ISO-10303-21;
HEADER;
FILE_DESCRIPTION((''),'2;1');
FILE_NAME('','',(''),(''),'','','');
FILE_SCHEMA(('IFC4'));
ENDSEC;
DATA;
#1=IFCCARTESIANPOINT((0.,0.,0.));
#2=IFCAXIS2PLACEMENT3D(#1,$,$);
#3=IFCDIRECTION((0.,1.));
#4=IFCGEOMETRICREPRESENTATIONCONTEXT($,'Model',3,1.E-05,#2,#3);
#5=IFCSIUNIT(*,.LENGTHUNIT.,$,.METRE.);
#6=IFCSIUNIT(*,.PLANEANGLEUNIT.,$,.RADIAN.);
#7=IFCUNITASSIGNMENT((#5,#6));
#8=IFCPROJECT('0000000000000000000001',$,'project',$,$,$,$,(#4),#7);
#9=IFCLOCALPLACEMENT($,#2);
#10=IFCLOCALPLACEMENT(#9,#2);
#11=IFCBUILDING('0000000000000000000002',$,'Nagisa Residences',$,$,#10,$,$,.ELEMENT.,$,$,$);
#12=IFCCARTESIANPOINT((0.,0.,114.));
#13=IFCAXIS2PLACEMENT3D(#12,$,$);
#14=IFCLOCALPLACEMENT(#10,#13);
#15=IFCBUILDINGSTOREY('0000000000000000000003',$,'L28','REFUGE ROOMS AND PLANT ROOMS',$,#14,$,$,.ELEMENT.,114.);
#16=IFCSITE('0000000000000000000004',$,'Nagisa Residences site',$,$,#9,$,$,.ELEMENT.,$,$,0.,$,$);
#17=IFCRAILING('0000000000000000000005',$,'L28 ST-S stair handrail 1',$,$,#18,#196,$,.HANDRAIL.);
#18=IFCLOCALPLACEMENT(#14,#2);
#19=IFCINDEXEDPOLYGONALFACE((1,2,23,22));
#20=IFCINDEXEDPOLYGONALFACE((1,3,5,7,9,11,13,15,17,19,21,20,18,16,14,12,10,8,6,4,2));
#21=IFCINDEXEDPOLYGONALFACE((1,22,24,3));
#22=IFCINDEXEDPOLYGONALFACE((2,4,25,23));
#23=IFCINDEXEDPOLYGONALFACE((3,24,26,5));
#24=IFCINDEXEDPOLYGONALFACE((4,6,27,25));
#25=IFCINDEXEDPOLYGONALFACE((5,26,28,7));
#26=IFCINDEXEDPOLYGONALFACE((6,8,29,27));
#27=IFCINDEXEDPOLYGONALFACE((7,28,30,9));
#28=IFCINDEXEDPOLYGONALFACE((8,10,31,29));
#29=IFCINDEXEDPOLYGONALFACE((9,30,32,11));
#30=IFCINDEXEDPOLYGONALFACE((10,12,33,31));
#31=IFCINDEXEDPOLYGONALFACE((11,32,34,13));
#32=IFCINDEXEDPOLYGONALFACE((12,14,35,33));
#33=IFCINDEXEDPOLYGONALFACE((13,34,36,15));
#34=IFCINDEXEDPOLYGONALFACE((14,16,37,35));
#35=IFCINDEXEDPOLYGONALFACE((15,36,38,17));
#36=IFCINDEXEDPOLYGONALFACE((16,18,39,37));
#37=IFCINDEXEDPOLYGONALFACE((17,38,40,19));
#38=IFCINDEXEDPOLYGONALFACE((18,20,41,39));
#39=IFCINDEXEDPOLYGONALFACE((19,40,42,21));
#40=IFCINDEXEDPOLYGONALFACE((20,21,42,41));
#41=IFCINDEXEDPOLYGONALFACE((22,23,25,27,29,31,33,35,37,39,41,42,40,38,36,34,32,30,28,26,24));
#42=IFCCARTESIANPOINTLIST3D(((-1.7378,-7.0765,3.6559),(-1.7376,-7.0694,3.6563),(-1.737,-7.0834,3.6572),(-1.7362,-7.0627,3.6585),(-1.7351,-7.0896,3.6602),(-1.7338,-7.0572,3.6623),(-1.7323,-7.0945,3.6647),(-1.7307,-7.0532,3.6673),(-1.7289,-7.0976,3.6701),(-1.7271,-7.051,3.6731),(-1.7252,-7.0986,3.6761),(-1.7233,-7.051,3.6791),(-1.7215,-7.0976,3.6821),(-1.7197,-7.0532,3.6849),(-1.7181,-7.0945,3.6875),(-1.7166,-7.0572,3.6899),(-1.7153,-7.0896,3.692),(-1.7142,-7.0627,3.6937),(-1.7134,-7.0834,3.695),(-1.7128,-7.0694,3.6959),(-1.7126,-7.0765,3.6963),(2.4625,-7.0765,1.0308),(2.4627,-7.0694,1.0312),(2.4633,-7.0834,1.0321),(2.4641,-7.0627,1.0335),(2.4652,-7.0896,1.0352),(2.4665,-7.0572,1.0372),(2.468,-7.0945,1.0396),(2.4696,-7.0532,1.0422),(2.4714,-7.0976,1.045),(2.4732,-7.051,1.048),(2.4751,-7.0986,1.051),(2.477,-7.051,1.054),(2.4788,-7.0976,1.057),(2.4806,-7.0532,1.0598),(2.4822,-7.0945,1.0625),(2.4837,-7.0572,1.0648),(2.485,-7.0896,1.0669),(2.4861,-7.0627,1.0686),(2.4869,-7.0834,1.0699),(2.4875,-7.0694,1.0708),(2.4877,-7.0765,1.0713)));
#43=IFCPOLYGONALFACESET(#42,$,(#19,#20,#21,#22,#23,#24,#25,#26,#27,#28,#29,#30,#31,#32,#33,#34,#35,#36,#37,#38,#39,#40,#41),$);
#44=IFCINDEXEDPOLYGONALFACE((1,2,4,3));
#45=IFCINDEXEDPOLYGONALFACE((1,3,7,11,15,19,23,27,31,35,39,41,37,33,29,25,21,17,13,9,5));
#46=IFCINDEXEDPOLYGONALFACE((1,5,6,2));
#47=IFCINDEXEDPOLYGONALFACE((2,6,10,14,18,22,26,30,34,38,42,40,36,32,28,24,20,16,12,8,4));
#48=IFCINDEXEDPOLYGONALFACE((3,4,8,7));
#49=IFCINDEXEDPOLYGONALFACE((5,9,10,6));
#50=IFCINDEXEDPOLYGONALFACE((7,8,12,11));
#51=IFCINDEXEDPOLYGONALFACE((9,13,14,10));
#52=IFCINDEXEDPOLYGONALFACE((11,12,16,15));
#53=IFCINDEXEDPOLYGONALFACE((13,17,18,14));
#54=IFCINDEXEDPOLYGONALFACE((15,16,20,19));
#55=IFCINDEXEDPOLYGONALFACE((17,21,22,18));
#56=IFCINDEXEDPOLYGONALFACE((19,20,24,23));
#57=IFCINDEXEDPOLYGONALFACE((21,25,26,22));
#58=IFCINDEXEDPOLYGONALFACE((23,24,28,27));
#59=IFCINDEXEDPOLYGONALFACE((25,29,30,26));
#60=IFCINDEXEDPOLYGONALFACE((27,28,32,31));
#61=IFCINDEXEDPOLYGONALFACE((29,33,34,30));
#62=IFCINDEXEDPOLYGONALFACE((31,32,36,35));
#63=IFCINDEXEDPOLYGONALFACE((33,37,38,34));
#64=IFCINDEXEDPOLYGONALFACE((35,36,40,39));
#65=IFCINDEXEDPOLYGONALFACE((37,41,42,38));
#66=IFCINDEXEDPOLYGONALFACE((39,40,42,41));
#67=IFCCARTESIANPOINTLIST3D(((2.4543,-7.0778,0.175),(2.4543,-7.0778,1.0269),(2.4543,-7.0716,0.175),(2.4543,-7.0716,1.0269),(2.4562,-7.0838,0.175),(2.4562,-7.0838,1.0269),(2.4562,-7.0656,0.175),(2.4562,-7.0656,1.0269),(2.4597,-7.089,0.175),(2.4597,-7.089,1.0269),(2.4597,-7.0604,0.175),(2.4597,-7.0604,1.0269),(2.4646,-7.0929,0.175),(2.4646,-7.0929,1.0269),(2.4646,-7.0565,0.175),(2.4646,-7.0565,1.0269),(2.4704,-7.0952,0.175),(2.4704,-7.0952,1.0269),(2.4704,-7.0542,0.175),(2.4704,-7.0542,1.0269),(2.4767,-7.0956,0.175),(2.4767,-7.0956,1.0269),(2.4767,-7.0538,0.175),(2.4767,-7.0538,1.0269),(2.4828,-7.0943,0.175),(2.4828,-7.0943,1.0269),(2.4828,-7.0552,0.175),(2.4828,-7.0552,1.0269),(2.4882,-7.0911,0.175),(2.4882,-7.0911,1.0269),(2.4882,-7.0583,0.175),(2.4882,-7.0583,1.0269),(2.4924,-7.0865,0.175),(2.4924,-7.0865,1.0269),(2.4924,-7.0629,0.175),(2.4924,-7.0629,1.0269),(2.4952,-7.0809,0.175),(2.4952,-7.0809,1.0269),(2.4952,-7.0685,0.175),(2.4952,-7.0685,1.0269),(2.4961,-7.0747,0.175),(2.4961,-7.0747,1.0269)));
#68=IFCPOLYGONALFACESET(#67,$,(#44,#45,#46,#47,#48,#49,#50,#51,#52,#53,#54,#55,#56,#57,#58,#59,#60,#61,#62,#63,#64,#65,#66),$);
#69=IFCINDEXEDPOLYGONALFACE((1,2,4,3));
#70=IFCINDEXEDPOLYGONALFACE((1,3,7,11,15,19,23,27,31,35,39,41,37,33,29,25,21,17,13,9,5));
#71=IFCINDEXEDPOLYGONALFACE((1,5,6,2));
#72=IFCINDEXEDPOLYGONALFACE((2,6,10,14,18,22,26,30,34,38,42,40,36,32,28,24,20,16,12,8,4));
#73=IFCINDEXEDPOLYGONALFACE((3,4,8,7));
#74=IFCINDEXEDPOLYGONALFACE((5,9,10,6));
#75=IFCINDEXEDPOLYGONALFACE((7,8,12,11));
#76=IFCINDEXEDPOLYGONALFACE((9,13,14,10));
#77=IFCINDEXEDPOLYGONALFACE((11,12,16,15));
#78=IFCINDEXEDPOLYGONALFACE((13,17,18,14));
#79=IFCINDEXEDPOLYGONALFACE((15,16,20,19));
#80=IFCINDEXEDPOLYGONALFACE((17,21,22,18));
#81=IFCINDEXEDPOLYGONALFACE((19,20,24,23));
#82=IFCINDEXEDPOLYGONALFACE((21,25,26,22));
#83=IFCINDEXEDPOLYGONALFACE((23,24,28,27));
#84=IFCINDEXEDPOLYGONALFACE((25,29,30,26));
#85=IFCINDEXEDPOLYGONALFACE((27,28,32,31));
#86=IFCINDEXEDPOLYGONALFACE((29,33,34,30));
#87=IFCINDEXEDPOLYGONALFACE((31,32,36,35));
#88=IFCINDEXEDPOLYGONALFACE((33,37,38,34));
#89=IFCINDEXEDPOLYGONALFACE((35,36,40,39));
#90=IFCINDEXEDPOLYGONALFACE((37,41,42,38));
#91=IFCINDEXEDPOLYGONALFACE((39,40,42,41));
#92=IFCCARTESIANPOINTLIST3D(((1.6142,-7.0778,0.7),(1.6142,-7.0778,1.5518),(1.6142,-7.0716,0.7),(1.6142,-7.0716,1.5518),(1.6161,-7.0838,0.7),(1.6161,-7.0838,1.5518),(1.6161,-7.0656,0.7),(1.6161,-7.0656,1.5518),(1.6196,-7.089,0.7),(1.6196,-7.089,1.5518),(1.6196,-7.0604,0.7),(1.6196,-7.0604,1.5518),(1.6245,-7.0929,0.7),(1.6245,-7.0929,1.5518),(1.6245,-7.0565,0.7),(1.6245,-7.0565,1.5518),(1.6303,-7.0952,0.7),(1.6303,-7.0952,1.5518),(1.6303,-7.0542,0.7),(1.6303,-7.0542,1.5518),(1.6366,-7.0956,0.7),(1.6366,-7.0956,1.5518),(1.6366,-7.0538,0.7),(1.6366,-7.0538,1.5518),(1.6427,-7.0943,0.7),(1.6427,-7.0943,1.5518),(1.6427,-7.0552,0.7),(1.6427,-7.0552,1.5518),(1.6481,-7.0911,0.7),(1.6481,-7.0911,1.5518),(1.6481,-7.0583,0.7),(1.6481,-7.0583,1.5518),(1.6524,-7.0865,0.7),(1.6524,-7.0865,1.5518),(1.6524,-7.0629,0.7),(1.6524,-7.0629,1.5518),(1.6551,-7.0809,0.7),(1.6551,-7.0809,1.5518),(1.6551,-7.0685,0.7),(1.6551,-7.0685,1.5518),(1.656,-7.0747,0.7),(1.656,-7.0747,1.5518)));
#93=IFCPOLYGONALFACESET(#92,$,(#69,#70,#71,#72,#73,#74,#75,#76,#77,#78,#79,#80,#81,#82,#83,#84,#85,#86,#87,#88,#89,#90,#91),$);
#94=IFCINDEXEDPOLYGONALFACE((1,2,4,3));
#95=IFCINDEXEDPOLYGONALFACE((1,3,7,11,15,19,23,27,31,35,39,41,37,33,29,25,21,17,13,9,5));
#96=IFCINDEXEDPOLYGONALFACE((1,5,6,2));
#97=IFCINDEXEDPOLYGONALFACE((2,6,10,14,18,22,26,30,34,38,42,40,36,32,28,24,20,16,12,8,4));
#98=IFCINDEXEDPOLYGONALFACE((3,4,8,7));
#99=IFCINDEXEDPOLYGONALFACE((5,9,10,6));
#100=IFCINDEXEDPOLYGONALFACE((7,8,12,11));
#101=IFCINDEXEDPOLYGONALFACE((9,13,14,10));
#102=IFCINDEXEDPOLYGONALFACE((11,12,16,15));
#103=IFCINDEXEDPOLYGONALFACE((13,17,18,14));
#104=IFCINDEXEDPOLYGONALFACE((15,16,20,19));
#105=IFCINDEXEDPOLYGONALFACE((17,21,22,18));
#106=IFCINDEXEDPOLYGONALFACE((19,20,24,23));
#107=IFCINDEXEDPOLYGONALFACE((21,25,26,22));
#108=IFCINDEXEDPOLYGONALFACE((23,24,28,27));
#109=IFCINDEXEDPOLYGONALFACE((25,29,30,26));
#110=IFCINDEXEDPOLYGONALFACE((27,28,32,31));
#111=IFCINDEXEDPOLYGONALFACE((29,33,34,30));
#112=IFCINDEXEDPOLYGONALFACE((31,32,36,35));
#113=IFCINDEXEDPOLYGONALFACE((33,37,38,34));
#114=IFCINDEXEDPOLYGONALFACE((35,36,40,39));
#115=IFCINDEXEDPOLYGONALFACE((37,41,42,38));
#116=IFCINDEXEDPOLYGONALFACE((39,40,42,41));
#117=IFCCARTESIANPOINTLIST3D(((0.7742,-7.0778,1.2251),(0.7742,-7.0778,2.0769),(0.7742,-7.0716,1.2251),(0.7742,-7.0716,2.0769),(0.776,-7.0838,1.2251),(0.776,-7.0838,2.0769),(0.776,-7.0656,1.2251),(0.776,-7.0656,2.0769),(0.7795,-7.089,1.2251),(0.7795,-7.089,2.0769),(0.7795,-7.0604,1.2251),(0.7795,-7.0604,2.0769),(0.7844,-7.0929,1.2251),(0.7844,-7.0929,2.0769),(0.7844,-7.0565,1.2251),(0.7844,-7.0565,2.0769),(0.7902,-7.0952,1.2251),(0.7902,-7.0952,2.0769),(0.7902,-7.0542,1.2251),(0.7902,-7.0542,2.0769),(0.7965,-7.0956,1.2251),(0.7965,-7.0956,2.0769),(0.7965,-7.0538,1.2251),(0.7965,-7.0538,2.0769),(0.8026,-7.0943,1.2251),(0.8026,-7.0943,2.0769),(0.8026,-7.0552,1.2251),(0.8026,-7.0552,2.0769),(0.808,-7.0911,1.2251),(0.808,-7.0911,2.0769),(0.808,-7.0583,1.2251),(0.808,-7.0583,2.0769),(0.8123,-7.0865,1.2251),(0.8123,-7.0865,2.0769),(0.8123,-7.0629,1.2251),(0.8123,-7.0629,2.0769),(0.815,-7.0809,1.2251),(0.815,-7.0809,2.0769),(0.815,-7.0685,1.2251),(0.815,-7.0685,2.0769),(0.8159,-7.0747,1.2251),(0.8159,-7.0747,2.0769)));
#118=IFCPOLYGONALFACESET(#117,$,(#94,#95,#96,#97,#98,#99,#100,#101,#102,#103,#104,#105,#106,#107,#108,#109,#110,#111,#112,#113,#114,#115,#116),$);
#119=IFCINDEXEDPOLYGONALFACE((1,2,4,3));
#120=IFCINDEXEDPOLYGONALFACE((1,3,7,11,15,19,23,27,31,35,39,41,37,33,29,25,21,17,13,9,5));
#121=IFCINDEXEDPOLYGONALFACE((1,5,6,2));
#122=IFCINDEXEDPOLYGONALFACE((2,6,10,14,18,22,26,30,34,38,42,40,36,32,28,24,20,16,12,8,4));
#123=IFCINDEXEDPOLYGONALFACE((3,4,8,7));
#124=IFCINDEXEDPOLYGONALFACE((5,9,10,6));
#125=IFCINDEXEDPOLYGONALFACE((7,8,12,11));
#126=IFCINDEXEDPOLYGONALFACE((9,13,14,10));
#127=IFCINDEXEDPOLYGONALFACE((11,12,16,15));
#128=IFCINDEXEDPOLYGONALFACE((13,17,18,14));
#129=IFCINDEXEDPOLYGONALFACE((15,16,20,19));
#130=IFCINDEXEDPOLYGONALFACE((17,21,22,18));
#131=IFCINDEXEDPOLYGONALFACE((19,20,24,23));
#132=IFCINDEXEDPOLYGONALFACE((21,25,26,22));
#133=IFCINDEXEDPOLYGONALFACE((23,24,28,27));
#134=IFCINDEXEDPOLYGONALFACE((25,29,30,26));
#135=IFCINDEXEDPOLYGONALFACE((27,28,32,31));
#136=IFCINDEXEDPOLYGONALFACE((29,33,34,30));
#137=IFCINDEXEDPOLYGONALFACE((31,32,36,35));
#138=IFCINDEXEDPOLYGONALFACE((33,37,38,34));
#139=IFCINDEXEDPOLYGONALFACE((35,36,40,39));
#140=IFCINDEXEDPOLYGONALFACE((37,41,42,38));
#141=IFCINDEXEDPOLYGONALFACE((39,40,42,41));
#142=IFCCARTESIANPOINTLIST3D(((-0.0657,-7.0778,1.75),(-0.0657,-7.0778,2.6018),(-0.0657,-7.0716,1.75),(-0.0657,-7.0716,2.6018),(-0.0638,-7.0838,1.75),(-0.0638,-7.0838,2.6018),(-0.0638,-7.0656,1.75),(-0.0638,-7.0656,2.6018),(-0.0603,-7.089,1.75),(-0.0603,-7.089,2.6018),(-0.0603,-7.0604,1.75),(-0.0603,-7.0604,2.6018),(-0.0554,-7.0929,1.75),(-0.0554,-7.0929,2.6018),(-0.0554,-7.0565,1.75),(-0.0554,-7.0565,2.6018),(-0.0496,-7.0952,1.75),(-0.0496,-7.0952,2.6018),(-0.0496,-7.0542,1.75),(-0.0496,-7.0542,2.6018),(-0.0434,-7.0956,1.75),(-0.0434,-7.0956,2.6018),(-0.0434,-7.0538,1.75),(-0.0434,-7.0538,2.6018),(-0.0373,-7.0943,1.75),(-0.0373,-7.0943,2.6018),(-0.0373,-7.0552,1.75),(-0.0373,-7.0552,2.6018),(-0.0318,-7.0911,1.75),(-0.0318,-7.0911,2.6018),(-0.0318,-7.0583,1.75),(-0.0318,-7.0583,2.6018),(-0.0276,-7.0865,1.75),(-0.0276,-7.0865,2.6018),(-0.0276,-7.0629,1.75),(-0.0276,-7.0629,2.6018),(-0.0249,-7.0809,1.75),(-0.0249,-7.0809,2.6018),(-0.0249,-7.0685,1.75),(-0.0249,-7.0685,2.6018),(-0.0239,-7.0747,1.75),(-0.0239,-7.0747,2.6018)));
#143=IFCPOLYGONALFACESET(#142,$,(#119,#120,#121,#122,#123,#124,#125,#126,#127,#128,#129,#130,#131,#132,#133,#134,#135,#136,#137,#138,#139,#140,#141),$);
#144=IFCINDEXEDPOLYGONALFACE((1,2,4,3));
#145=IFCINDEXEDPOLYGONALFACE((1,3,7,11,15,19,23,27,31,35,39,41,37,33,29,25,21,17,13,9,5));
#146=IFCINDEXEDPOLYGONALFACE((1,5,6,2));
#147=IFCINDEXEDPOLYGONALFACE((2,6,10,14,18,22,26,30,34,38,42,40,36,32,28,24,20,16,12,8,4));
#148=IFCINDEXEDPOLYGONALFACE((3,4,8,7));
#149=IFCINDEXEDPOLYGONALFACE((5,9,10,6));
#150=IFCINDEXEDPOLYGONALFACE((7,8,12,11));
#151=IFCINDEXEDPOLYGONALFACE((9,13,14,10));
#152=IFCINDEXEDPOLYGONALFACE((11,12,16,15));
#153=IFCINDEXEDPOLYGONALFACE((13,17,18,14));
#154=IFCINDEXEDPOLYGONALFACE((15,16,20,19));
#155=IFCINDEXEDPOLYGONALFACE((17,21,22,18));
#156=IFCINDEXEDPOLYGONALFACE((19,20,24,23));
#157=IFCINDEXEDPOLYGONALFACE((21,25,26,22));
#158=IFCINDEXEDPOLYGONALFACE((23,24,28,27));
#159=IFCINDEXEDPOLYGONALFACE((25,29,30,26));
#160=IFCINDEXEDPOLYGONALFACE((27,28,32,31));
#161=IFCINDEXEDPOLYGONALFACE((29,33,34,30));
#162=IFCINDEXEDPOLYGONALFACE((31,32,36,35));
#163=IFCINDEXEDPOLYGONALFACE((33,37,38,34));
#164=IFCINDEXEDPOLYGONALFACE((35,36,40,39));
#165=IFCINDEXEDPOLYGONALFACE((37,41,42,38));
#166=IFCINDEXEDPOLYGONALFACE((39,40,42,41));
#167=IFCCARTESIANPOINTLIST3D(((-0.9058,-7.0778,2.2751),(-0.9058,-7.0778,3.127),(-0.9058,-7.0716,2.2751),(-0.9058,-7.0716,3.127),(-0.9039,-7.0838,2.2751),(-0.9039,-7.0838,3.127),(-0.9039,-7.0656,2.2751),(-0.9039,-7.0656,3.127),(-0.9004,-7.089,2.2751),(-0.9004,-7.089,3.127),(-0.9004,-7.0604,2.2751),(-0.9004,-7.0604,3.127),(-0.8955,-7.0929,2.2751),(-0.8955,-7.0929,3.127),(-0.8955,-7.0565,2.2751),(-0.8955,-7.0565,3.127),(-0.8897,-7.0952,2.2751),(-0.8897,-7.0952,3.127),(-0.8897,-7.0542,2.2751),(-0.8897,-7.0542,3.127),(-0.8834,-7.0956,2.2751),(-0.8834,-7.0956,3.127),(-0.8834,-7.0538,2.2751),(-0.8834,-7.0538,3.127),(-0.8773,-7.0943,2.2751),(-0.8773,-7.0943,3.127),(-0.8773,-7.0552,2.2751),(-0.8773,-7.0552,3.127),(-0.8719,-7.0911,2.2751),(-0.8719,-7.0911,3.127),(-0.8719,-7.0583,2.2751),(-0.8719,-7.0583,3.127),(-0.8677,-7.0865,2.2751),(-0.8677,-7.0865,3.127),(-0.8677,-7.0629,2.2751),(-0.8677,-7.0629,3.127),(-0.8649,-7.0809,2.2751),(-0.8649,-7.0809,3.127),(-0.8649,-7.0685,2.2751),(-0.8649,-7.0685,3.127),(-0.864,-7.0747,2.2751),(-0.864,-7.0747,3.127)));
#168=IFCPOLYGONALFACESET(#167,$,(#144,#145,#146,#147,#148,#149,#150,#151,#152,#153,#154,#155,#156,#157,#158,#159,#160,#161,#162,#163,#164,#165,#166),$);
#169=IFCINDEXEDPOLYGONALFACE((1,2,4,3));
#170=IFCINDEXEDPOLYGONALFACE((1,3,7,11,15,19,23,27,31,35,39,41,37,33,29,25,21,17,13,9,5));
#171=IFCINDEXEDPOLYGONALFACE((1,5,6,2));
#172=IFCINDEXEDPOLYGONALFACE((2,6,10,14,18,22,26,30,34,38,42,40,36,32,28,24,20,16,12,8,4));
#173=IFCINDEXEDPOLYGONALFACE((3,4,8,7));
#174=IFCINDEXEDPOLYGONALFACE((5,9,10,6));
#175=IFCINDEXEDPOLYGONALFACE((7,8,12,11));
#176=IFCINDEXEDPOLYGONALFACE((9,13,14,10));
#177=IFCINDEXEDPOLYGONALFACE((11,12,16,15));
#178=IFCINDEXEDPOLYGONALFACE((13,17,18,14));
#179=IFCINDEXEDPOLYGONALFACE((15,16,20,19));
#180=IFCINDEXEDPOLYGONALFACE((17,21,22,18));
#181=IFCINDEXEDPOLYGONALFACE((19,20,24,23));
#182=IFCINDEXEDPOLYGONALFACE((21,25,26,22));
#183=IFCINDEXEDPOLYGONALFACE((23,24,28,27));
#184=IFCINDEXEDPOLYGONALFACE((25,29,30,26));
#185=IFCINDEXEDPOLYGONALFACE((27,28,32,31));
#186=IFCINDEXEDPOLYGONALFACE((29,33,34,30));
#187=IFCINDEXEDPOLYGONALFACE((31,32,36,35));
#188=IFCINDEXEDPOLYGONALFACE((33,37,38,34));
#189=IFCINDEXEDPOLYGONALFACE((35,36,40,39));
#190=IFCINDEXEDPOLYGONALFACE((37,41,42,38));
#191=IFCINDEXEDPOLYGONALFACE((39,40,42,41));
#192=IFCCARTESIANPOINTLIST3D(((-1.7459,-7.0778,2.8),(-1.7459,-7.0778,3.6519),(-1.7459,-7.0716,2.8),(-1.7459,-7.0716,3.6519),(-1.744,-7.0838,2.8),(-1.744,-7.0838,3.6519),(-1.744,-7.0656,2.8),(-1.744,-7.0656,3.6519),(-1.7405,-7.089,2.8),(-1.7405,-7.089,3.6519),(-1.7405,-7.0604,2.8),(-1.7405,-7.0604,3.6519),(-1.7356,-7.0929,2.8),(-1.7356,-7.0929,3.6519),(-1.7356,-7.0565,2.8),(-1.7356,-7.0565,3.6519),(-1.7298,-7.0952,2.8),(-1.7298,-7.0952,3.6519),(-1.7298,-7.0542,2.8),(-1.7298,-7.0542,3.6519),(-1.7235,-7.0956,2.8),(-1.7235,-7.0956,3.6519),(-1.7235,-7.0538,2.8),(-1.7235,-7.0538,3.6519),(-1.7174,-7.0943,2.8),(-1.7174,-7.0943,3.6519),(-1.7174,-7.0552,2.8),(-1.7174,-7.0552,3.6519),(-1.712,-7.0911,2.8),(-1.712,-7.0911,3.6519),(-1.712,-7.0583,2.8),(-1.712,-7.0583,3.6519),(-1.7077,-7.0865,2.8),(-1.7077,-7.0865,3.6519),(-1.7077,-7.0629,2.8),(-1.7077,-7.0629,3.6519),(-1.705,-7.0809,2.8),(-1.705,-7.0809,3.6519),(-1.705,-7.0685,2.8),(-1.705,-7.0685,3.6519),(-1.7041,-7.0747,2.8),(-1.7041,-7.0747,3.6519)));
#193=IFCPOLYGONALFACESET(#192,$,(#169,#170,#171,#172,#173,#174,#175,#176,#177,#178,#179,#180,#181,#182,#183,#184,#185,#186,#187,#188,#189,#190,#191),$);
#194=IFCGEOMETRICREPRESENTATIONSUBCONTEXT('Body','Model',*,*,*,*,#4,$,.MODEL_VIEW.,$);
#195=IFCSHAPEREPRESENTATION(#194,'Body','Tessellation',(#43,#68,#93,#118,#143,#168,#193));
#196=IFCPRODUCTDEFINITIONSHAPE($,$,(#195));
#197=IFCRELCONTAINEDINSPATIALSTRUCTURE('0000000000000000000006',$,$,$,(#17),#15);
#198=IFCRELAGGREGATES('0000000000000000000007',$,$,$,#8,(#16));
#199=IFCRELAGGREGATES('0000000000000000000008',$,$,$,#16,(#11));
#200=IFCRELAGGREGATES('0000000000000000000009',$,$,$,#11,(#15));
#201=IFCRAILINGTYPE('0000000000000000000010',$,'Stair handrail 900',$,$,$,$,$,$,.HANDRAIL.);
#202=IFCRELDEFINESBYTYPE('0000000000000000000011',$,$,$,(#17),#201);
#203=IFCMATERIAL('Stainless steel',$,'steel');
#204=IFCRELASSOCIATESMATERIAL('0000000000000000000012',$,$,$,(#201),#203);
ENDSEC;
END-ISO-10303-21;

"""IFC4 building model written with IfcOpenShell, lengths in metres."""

from ifc_helpers import new_model, si_unit, direction, frame, origin, origin_2d, place, context, subcontext, project, spatial, circle, extrude, material, type_object, element, save


model = new_model("IFC4")

# Units and contexts
model_context = context("Model", 3, precision=1e-05, world=origin(), true_north=direction((0.0, 1.0)))
body_context = subcontext(model_context, "Body", "Model", "MODEL_VIEW")
ifc_project = project(units=[si_unit("LENGTHUNIT", "METRE"), si_unit("PLANEANGLEUNIT", "RADIAN")], contexts=[model_context])

# Site, building, storey
site_placement = place(None, origin())
site = spatial("IfcSite", under=ifc_project, at=site_placement, Name="Nagisa Residences site", CompositionType="ELEMENT", RefElevation=0.0)
building_placement = place(site_placement, origin())
building = spatial("IfcBuilding", under=site, at=building_placement, Name="Nagisa Residences", CompositionType="ELEMENT")
storey_placement = place(building_placement, frame((0.0, 0.0, 114.0)))
storey = spatial("IfcBuildingStorey", under=building, at=storey_placement, Name="L28", Description="REFUGE ROOMS AND PLANT ROOMS", CompositionType="ELEMENT", Elevation=114.0)

# Railing
ifc_material_1 = material(Name="Stainless steel", Category="steel")
railing_type = type_object("IfcRailingType", Name="Stair handrail 900", PredefinedType="HANDRAIL", material=ifc_material_1)
railing_placement = place(storey_placement, frame((2.4751, -7.0747, 0.175)))
element("IfcRailing", 1, at=railing_placement, inside=storey, type_object=railing_type, Name="L28 ST-S stair handrail 1", PredefinedType="HANDRAIL", context=body_context, shape_type="SweptSolid", body=[
    extrude(circle(Radius=0.0239, at=origin_2d()), frame((0.0, 0.0, 0.876), z_axis=(-0.848009, 0.0, 0.529981), x_axis=(0.0, -1.0, 0.0)), (0.0, 0.0, 1.0), 4.9531),
    extrude(circle(Radius=0.021, at=origin_2d()), origin(), (0.0, 0.0, 1.0), 0.8518),
    extrude(circle(Radius=0.021, at=origin_2d()), frame((-0.8401, 0.0, 0.5249)), (0.0, 0.0, 1.0), 0.8518),
    extrude(circle(Radius=0.021, at=origin_2d()), frame((-1.6802, 0.0, 1.05)), (0.0, 0.0, 1.0), 0.8518),
    extrude(circle(Radius=0.021, at=origin_2d()), frame((-2.52, 0.0, 1.575)), (0.0, 0.0, 1.0), 0.8518),
    extrude(circle(Radius=0.021, at=origin_2d()), frame((-3.3601, 0.0, 2.1001)), (0.0, 0.0, 1.0), 0.8518),
    extrude(circle(Radius=0.021, at=origin_2d()), frame((-4.2002, 0.0, 2.625)), (0.0, 0.0, 1.0), 0.8518),
])

save(model, "model.ifc")
